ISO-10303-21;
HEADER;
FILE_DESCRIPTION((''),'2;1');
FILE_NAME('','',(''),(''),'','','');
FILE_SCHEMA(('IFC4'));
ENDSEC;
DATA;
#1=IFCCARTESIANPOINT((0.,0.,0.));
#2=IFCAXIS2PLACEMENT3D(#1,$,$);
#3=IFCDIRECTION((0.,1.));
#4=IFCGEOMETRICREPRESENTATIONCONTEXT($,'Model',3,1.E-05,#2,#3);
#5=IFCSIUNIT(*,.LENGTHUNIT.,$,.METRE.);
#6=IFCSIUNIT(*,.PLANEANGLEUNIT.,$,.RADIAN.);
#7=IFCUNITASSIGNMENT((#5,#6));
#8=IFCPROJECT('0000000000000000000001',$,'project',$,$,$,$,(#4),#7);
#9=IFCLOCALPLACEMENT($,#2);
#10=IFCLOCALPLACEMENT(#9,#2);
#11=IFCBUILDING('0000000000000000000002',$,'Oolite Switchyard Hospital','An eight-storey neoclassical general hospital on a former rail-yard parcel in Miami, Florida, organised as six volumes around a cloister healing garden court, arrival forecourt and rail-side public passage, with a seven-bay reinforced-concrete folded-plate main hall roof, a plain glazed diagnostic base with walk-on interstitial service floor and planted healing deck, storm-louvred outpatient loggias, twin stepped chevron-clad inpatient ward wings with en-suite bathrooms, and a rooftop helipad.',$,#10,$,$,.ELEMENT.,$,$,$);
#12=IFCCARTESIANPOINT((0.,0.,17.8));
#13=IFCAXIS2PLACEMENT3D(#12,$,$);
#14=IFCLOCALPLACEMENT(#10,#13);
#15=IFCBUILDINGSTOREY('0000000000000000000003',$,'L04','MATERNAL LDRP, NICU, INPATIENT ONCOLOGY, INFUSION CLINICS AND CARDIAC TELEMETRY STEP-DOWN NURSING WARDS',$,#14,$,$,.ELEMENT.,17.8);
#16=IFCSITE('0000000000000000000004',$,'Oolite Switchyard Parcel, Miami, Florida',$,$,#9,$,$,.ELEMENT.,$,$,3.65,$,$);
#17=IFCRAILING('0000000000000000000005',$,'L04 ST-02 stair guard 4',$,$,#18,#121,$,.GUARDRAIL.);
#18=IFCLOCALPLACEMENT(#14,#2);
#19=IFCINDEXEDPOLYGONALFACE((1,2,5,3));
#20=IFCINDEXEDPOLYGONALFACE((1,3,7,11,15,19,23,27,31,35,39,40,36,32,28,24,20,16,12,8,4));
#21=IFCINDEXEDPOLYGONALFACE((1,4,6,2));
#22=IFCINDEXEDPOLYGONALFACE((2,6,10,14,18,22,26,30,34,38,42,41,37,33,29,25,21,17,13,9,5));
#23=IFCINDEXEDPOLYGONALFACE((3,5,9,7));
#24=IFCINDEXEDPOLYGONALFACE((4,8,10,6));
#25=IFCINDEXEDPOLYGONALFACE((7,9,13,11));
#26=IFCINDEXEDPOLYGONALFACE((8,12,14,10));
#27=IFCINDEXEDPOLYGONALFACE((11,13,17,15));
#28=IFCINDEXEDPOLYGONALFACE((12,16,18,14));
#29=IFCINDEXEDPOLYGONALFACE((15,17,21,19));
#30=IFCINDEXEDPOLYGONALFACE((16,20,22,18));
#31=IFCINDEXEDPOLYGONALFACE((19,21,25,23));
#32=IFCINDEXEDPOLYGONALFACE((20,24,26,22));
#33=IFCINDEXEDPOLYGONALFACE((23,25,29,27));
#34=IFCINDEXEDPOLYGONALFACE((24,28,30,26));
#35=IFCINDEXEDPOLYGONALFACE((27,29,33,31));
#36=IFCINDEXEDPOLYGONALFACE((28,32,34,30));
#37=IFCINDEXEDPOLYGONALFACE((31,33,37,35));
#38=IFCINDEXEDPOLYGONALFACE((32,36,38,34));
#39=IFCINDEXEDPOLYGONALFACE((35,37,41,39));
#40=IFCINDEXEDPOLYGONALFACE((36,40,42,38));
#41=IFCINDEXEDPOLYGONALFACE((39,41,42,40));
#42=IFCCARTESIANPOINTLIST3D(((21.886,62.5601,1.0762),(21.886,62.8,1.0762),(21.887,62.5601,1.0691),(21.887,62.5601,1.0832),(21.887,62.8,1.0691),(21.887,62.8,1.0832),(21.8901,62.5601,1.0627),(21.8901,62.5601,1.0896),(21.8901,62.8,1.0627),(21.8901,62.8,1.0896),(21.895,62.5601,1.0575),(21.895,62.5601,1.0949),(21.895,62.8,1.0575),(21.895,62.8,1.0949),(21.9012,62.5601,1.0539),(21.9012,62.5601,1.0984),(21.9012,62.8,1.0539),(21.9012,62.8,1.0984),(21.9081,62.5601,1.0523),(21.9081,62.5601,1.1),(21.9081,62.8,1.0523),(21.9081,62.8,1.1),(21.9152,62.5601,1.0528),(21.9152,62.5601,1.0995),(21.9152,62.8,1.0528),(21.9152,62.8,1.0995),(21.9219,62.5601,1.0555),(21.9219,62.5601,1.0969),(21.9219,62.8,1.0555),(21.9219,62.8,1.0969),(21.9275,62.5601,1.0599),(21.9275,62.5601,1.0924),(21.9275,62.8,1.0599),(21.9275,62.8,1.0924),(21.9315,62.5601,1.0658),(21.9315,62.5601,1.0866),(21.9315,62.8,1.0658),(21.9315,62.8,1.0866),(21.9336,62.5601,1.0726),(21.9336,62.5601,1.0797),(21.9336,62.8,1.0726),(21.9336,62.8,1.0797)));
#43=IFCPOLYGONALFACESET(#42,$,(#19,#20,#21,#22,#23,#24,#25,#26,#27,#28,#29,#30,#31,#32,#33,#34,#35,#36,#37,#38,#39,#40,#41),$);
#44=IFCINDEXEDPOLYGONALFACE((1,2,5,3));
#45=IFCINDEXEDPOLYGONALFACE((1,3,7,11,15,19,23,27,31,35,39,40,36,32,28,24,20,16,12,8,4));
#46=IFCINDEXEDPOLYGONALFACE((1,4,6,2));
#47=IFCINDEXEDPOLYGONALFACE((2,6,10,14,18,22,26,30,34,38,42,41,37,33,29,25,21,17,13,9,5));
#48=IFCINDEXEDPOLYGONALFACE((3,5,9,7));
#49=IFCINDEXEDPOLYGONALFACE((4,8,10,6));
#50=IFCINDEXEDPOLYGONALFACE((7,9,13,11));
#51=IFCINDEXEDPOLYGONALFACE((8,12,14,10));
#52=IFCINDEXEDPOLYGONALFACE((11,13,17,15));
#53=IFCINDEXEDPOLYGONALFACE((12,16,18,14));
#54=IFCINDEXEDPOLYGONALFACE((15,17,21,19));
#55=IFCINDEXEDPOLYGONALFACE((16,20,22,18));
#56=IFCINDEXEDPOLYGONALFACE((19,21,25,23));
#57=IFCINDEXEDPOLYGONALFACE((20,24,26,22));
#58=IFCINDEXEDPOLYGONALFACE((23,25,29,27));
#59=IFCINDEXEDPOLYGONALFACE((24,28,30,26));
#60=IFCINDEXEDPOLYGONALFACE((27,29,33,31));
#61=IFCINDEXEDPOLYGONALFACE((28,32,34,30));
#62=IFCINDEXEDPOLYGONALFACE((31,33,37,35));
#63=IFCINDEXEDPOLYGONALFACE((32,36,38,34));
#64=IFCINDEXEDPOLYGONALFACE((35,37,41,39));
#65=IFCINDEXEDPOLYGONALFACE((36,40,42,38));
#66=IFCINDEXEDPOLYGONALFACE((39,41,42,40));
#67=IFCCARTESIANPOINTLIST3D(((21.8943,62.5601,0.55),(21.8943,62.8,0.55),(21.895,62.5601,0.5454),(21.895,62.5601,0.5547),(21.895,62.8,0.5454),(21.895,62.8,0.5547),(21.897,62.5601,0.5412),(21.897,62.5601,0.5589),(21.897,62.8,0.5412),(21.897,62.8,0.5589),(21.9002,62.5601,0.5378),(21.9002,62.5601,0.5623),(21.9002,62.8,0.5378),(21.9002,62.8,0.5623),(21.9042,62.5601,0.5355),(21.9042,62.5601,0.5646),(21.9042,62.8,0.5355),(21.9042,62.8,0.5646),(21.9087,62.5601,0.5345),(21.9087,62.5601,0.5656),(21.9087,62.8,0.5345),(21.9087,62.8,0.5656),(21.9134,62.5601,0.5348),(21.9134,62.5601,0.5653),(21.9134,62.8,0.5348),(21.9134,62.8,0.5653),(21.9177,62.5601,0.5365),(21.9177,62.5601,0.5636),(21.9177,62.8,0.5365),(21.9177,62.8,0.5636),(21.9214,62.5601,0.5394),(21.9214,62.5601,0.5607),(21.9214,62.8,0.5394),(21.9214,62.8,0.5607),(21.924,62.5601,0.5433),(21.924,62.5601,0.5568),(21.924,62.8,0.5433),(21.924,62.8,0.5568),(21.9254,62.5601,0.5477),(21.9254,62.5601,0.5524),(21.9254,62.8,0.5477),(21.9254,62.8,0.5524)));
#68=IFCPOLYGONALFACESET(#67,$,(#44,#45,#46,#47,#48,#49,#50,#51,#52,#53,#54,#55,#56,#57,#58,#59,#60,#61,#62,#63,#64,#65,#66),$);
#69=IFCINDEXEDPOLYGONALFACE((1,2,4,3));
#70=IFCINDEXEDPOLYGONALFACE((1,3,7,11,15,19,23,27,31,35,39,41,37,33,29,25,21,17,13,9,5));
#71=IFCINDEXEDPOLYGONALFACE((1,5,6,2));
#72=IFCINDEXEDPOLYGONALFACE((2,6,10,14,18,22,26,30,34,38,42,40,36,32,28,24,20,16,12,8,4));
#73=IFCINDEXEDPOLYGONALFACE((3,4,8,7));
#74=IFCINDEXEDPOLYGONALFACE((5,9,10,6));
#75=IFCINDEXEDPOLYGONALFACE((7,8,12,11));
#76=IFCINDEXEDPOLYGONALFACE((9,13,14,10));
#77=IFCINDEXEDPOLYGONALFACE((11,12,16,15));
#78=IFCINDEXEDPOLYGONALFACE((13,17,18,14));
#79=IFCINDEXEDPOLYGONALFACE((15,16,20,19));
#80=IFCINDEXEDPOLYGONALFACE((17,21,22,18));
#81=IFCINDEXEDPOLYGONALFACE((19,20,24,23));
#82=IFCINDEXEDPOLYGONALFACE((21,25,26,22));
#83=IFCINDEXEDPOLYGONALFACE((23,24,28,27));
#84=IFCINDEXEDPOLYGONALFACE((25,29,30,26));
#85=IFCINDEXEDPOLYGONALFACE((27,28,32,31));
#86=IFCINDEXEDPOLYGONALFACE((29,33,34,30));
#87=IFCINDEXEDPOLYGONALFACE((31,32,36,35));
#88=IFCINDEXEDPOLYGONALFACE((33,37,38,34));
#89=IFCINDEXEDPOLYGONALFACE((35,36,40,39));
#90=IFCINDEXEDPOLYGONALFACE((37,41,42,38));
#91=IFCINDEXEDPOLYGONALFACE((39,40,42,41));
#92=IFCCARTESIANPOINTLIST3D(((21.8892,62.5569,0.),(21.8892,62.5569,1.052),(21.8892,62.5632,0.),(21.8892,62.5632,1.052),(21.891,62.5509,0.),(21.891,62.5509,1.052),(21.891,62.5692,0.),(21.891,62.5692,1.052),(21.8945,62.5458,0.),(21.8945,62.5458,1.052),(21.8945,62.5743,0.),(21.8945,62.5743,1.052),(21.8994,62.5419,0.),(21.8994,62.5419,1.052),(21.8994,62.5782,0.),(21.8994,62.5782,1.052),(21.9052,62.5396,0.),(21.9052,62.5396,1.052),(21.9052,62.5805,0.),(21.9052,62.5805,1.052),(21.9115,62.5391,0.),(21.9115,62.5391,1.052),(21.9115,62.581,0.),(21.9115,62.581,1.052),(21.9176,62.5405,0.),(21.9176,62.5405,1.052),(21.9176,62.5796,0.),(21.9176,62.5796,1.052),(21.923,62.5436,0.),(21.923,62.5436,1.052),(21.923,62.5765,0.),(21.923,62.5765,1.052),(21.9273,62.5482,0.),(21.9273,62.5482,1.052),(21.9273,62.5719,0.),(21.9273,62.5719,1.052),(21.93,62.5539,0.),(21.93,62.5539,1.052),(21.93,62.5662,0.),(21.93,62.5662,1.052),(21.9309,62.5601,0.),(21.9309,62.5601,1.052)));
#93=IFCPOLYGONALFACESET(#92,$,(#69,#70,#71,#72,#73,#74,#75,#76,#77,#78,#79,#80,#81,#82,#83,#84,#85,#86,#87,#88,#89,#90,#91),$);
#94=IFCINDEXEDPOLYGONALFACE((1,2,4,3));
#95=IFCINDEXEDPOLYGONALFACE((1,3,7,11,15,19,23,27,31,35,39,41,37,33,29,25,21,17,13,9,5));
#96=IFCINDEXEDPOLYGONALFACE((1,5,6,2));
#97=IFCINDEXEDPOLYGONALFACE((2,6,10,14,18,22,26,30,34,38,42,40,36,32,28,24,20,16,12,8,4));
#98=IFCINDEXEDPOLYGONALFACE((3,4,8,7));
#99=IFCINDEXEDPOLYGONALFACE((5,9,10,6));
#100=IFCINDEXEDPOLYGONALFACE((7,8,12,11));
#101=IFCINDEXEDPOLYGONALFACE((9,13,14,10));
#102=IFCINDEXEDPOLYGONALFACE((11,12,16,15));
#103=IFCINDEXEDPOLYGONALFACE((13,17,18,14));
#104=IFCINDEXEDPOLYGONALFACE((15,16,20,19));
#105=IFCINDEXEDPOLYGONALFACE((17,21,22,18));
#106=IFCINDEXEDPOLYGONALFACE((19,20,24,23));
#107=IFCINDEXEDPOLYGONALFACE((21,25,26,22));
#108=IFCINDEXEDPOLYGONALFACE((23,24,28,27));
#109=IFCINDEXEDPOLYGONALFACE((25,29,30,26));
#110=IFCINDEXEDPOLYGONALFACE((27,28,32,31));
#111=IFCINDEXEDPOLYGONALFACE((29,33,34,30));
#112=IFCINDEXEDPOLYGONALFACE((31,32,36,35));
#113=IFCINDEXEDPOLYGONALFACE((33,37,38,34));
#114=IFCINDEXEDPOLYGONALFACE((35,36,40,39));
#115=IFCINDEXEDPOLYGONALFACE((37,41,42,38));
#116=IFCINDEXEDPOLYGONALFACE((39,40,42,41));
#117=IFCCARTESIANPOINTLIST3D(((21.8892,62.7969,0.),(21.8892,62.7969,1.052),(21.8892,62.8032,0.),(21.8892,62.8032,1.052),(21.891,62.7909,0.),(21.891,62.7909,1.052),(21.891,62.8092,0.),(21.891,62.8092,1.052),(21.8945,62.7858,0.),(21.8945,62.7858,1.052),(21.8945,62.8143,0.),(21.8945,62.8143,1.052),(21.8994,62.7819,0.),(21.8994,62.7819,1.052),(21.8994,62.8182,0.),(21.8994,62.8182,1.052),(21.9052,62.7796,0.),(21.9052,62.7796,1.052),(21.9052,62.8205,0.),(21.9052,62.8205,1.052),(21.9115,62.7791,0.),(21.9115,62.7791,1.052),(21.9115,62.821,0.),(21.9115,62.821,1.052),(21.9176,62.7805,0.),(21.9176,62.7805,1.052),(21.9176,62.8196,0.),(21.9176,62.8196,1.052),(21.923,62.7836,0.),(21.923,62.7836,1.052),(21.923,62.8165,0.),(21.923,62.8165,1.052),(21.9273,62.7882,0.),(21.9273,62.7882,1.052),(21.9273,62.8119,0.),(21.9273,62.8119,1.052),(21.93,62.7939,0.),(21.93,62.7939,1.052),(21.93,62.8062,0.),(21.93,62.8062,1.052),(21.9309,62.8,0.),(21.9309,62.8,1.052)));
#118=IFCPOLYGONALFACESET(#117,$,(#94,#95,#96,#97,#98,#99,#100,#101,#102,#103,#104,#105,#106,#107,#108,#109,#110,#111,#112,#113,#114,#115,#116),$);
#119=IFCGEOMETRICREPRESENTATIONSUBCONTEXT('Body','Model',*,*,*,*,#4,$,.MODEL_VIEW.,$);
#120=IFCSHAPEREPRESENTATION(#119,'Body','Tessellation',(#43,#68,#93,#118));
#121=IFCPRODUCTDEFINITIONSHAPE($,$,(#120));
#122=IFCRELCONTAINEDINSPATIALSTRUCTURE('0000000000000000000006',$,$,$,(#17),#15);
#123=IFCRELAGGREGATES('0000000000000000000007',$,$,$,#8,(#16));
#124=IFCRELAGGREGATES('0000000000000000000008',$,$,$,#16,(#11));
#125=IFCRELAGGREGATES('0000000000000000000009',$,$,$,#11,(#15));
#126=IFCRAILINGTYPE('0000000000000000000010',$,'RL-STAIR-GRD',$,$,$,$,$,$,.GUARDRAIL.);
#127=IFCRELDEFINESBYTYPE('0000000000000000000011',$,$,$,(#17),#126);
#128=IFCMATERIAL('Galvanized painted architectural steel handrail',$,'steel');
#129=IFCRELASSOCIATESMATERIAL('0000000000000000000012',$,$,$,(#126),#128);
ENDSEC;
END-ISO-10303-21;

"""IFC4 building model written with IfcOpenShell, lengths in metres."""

from ifc_helpers import new_model, si_unit, direction, frame, origin, origin_2d, place, context, subcontext, project, spatial, circle, extrude, material, type_object, element, save


model = new_model("IFC4")

# Units and contexts
model_context = context("Model", 3, precision=1e-05, world=origin(), true_north=direction((0.0, 1.0)))
body_context = subcontext(model_context, "Body", "Model", "MODEL_VIEW")
ifc_project = project(units=[si_unit("LENGTHUNIT", "METRE"), si_unit("PLANEANGLEUNIT", "RADIAN")], contexts=[model_context])

# Site, building, storey
site_placement = place(None, origin())
site = spatial("IfcSite", under=ifc_project, at=site_placement, Name="Oolite Switchyard Parcel, Miami, Florida", CompositionType="ELEMENT", RefElevation=3.65)
building_placement = place(site_placement, origin())
building = spatial("IfcBuilding", under=site, at=building_placement, Name="Oolite Switchyard Hospital", Description="An eight-storey neoclassical general hospital on a former rail-yard parcel in Miami, Florida, organised as six volumes around a cloister healing garden court, arrival forecourt and rail-side public passage, with a seven-bay reinforced-concrete folded-plate main hall roof, a plain glazed diagnostic base with walk-on interstitial service floor and planted healing deck, storm-louvred outpatient loggias, twin stepped chevron-clad inpatient ward wings with en-suite bathrooms, and a rooftop helipad.", CompositionType="ELEMENT")
storey_placement = place(building_placement, frame((0.0, 0.0, 17.8)))
storey = spatial("IfcBuildingStorey", under=building, at=storey_placement, Name="L04", Description="MATERNAL LDRP, NICU, INPATIENT ONCOLOGY, INFUSION CLINICS AND CARDIAC TELEMETRY STEP-DOWN NURSING WARDS", CompositionType="ELEMENT", Elevation=17.8)

# Railing
ifc_material_1 = material(Name="Galvanized painted architectural steel handrail", Category="steel")
railing_type = type_object("IfcRailingType", Name="RL-STAIR-GRD", PredefinedType="GUARDRAIL", material=ifc_material_1)
railing_1_placement = place(storey_placement, frame((21.9099, 62.5601, 0.0)))
element("IfcRailing", 1, at=railing_1_placement, inside=storey, type_object=railing_type, Name="L04 ST-02 stair guard 4", PredefinedType="GUARDRAIL", context=body_context, shape_type="SweptSolid", body=[
    extrude(circle(Radius=0.0239, at=origin_2d()), frame((0.0, 0.0, 1.0762), z_axis=(0.0, 1.0, 0.0), x_axis=(-1.0, 0.0, 0.0)), (0.0, 0.0, 1.0), 0.24),
    extrude(circle(Radius=0.0156, at=origin_2d()), frame((0.0, 0.0, 0.55), z_axis=(0.0, 1.0, 0.0), x_axis=(-1.0, 0.0, 0.0)), (0.0, 0.0, 1.0), 0.24),
    extrude(circle(Radius=0.021, at=origin_2d()), origin(), (0.0, 0.0, 1.0), 1.052),
    extrude(circle(Radius=0.021, at=origin_2d()), frame((0.0, 0.24, 0.0)), (0.0, 0.0, 1.0), 1.052),
])

save(model, "model.ifc")
